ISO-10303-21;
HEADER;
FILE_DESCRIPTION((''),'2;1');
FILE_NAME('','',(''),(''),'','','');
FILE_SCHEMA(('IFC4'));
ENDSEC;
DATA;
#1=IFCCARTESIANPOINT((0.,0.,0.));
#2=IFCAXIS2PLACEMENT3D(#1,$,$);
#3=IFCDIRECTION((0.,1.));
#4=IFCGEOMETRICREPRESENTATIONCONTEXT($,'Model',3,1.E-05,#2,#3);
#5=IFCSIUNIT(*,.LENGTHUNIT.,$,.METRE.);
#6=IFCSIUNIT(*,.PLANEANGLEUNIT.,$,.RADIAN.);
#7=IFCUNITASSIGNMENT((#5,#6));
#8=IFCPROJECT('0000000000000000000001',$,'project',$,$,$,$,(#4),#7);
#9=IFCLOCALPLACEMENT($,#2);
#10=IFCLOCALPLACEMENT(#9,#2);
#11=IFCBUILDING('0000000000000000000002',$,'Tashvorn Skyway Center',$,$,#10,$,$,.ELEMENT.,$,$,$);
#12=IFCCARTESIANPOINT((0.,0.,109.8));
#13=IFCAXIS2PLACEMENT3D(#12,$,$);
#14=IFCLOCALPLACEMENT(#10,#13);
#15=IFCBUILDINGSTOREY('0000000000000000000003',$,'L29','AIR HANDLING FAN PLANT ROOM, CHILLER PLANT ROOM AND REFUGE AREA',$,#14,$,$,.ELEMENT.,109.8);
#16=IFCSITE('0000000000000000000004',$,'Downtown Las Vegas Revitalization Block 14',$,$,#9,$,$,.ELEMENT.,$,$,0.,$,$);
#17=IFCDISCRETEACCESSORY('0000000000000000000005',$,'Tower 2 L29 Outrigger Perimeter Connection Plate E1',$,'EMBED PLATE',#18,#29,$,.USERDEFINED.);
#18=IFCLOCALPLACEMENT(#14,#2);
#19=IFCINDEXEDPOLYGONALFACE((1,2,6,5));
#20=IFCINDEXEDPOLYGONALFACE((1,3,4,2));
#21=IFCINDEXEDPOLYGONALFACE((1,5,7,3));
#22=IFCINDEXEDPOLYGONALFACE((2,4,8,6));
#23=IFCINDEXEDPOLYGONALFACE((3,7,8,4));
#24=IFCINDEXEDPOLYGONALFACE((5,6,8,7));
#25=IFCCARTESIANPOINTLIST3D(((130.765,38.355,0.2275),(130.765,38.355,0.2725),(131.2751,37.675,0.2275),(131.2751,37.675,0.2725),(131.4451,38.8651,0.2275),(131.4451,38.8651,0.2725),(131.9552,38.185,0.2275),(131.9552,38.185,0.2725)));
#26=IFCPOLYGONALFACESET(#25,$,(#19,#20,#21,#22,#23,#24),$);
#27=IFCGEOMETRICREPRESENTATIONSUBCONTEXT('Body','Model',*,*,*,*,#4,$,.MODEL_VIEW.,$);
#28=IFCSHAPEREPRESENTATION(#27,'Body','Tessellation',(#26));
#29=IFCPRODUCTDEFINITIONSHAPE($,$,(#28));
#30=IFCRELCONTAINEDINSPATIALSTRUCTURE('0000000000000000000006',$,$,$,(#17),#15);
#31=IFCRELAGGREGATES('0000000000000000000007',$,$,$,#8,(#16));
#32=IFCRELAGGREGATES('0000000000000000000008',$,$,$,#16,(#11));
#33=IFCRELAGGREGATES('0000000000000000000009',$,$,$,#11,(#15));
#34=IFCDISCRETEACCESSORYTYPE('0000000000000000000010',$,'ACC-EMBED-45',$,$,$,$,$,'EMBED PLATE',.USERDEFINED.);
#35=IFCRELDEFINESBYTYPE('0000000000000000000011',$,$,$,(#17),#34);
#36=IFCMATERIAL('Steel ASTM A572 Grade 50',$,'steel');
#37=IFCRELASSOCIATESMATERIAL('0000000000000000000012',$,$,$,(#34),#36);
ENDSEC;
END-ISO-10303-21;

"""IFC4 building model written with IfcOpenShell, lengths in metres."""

from ifc_helpers import new_model, si_unit, direction, frame, origin, origin_2d, place, context, subcontext, project, spatial, rectangle, extrude, material, type_object, element, save


model = new_model("IFC4")

# Units and contexts
model_context = context("Model", 3, precision=1e-05, world=origin(), true_north=direction((0.0, 1.0)))
body_context = subcontext(model_context, "Body", "Model", "MODEL_VIEW")
ifc_project = project(units=[si_unit("LENGTHUNIT", "METRE"), si_unit("PLANEANGLEUNIT", "RADIAN")], contexts=[model_context])

# Site, building, storey
site_placement = place(None, origin())
site = spatial("IfcSite", under=ifc_project, at=site_placement, Name="Downtown Las Vegas Revitalization Block 14", CompositionType="ELEMENT", RefElevation=0.0)
building_placement = place(site_placement, origin())
building = spatial("IfcBuilding", under=site, at=building_placement, Name="Tashvorn Skyway Center", CompositionType="ELEMENT")
storey_placement = place(building_placement, frame((0.0, 0.0, 109.8)))
storey = spatial("IfcBuildingStorey", under=building, at=storey_placement, Name="L29", Description="AIR HANDLING FAN PLANT ROOM, CHILLER PLANT ROOM AND REFUGE AREA", CompositionType="ELEMENT", Elevation=109.8)

# Shared definitions
ifc_material_1 = material(Name="Steel ASTM A572 Grade 50", Category="steel")

# Discrete accessory
discrete_accessory_type = type_object("IfcDiscreteAccessoryType", Name="ACC-EMBED-45", ElementType="EMBED PLATE", PredefinedType="USERDEFINED", material=ifc_material_1)
discrete_accessory_placement = place(storey_placement, frame((131.3601, 38.27, 0.2275), z_axis=(0.0, 0.0, 1.0), x_axis=(0.8, 0.6, 0.0)))
element("IfcDiscreteAccessory", 1, at=discrete_accessory_placement, inside=storey, type_object=discrete_accessory_type, Name="Tower 2 L29 Outrigger Perimeter Connection Plate E1", ObjectType="EMBED PLATE", PredefinedType="USERDEFINED", context=body_context, shape_type="SweptSolid", body=[
    extrude(rectangle(XDim=0.8501, YDim=0.8501, at=origin_2d()), origin(), (0.0, 0.0, 1.0), 0.0449),
])

save(model, "model.ifc")
